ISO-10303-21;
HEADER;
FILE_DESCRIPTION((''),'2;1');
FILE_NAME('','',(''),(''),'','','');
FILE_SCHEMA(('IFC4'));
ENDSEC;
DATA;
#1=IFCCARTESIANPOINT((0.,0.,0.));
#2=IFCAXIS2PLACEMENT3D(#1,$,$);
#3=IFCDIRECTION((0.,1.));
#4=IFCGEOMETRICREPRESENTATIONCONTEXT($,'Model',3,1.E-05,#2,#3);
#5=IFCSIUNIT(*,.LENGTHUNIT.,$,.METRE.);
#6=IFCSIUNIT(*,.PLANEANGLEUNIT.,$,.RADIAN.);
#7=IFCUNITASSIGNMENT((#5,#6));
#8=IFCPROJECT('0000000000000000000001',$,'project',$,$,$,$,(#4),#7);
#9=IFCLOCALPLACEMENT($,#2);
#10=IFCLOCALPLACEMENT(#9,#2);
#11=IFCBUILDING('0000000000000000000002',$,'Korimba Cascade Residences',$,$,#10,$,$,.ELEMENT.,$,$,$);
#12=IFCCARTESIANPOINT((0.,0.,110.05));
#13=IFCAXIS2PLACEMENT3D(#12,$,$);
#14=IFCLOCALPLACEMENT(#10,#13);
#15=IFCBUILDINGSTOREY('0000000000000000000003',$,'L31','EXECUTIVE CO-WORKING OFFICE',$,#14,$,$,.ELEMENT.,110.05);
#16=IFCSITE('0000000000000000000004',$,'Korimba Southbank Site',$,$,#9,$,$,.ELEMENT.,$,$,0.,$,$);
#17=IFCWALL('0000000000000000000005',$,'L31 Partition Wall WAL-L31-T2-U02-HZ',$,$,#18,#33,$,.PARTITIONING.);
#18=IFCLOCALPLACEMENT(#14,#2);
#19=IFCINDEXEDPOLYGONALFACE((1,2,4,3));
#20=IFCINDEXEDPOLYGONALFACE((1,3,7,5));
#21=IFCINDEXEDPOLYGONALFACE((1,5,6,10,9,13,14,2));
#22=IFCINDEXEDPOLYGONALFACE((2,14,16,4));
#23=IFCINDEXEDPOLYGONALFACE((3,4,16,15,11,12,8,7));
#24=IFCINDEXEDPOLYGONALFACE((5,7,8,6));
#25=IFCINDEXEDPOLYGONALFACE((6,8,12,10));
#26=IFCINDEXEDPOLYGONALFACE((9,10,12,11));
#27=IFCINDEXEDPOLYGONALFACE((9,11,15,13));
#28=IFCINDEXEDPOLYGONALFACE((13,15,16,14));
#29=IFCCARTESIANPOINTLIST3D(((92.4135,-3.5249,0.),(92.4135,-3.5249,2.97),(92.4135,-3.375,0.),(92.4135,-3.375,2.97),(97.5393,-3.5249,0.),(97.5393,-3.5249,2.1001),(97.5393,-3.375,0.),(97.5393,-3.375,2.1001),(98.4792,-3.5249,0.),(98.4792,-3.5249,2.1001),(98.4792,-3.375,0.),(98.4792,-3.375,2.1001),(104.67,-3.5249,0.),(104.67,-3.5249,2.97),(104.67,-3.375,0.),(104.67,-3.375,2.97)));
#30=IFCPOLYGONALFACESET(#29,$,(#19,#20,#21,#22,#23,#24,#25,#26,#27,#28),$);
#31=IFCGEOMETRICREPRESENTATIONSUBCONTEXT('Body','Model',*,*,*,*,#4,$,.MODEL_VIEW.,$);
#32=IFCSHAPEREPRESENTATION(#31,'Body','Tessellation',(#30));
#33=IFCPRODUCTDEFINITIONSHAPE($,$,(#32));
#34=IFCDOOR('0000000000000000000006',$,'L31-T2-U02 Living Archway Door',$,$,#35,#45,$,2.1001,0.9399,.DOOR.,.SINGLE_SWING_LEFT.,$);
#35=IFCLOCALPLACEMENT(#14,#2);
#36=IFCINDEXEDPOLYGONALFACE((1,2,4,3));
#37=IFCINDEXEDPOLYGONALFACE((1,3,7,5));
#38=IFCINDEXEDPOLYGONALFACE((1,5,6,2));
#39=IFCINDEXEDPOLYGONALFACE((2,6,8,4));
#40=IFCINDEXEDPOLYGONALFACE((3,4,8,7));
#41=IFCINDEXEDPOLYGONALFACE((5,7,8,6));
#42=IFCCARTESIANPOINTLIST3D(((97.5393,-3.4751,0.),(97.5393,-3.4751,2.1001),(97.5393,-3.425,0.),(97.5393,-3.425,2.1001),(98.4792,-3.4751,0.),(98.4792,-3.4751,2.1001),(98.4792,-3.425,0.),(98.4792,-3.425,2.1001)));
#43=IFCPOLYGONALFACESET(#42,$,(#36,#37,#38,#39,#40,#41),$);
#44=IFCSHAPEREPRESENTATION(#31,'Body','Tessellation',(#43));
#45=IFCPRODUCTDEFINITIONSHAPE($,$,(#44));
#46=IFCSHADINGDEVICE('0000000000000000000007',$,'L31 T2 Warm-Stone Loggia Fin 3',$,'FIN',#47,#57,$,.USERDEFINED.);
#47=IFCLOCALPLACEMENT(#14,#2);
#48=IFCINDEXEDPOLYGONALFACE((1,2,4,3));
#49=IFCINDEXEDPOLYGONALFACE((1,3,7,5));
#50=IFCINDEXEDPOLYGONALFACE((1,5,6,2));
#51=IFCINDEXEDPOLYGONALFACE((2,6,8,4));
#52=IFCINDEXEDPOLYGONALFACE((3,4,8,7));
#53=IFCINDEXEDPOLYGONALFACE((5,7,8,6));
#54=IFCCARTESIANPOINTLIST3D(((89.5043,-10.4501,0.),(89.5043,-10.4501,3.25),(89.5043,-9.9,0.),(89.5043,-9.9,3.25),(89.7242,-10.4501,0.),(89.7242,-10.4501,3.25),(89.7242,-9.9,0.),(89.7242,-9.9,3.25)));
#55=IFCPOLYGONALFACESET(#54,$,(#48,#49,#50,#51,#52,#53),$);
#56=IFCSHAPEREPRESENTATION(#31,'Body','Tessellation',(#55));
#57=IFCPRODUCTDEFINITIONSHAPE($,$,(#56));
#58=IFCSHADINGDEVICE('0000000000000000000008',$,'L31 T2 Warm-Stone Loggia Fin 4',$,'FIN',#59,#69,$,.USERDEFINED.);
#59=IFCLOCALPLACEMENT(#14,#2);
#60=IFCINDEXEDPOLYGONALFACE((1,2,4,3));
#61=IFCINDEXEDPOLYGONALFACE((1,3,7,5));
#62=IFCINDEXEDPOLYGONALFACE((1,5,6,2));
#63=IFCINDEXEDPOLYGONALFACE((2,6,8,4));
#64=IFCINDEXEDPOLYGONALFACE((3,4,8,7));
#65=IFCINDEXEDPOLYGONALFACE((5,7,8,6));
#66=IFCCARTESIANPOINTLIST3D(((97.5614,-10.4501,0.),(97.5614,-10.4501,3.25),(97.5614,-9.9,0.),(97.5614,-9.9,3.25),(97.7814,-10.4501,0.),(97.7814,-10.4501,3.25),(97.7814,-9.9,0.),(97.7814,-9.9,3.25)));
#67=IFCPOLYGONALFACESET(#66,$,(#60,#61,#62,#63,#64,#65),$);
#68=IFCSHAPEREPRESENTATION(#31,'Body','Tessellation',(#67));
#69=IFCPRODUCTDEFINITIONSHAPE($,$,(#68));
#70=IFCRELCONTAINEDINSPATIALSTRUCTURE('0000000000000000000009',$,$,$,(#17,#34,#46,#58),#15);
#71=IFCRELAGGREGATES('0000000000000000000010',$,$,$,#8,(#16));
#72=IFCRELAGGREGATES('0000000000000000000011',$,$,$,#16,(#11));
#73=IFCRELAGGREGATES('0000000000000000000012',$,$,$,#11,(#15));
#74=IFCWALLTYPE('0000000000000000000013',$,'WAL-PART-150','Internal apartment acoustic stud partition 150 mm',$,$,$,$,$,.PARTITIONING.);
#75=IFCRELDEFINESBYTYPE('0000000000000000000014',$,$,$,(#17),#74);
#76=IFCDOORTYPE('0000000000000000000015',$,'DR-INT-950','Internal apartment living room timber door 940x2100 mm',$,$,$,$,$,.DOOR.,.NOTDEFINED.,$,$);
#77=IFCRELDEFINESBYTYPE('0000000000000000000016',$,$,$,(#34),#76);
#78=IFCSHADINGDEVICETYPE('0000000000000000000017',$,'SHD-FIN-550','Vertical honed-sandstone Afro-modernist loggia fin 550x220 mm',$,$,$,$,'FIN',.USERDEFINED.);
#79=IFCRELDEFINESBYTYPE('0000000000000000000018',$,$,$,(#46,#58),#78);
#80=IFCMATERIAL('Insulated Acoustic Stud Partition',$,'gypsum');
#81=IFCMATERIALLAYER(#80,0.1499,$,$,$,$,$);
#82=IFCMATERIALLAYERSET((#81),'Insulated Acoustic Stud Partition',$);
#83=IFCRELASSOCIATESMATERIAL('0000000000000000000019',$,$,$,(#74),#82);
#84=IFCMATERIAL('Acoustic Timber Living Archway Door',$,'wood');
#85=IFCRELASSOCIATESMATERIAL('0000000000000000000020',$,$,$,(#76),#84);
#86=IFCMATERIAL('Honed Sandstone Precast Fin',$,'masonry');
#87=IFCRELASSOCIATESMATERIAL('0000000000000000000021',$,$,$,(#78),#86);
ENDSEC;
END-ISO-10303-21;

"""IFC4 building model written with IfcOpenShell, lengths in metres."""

from ifc_helpers import new_model, si_unit, direction, frame, frame_2d, origin, origin_2d, place, context, subcontext, project, spatial, rectangle, extrude, material, layer, layer_set, type_object, element, fill, save


model = new_model("IFC4")

# Units and contexts
model_context = context("Model", 3, precision=1e-05, world=origin(), true_north=direction((0.0, 1.0)))
body_context = subcontext(model_context, "Body", "Model", "MODEL_VIEW")
ifc_project = project(units=[si_unit("LENGTHUNIT", "METRE"), si_unit("PLANEANGLEUNIT", "RADIAN")], contexts=[model_context])

# Site, building, storey
site_placement = place(None, origin())
site = spatial("IfcSite", under=ifc_project, at=site_placement, Name="Korimba Southbank Site", CompositionType="ELEMENT", RefElevation=0.0)
building_placement = place(site_placement, origin())
building = spatial("IfcBuilding", under=site, at=building_placement, Name="Korimba Cascade Residences", CompositionType="ELEMENT")
storey_placement = place(building_placement, frame((0.0, 0.0, 110.05)))
storey = spatial("IfcBuildingStorey", under=building, at=storey_placement, Name="L31", Description="EXECUTIVE CO-WORKING OFFICE", CompositionType="ELEMENT", Elevation=110.05)

# Shared definitions
ifc_material_1 = material(Name="Insulated Acoustic Stud Partition", Category="gypsum")
ifc_layer_1 = layer(ifc_material_1, 0.1499)
ifc_layer_set_1 = layer_set([ifc_layer_1], Name="Insulated Acoustic Stud Partition")
wall_type_1 = type_object("IfcWallType", Name="WAL-PART-150", Description="Internal apartment acoustic stud partition 150 mm", PredefinedType="PARTITIONING", material=ifc_layer_set_1)

# Wall, opening, door
wall_1_placement = place(storey_placement, frame((92.4133, -3.45, 0.0), z_axis=(0.0, 0.0, 1.0), x_axis=(1.0, 0.0, 0.0)))
wall_1 = element("IfcWall", 1, at=wall_1_placement, inside=storey, type_object=wall_type_1, Name="L31 Partition Wall WAL-L31-T2-U02-HZ", PredefinedType="PARTITIONING", context=body_context, shape_type="SweptSolid", body=[
    extrude(rectangle(XDim=12.2566, YDim=0.1499, at=frame_2d((6.1284, 0.0))), origin(), (0.0, 0.0, 1.0), 2.97),
])
opening_1_placement = place(wall_1_placement, frame((5.126, 0.0, 0.0)))
opening_1 = element("IfcOpeningElement", 2, at=opening_1_placement, cuts=wall_1, PredefinedType="OPENING", context=body_context, shape_type="SweptSolid", body=[
    extrude(rectangle(XDim=0.9399, YDim=2.1001, at=frame_2d((0.47, 1.05))), frame((0.0, 0.085, 0.0), z_axis=(0.0, -1.0, 0.0), x_axis=(1.0, 0.0, 0.0)), (0.0, 0.0, 1.0), 0.1699),
])
ifc_material_2 = material(Name="Acoustic Timber Living Archway Door", Category="wood")
door_type_1 = type_object("IfcDoorType", Name="DR-INT-950", Description="Internal apartment living room timber door 940x2100 mm", OperationType="NOTDEFINED", PredefinedType="DOOR", material=ifc_material_2)
door_1_placement = place(opening_1_placement, origin())
door_1 = element("IfcDoor", 3, at=door_1_placement, inside=storey, type_object=door_type_1, Name="L31-T2-U02 Living Archway Door", OperationType="SINGLE_SWING_LEFT", OverallHeight=2.1001, OverallWidth=0.9399, PredefinedType="DOOR", context=body_context, shape_type="SweptSolid", body=[
    extrude(rectangle(XDim=0.9399, YDim=2.1001, at=frame_2d((0.47, 1.05))), frame((0.0, 0.0249, 0.0), z_axis=(0.0, -1.0, 0.0), x_axis=(1.0, 0.0, 0.0)), (0.0, 0.0, 1.0), 0.05),
])
fill(opening_1, door_1)

# Shading devices
ifc_material_3 = material(Name="Honed Sandstone Precast Fin", Category="masonry")
shading_device_type = type_object("IfcShadingDeviceType", Name="SHD-FIN-550", Description="Vertical honed-sandstone Afro-modernist loggia fin 550x220 mm", ElementType="FIN", PredefinedType="USERDEFINED", material=ifc_material_3)
for number, where, z_axis, x_axis, name in (
    (4, (89.6143, -10.175, 0.0), (0.0, 0.0, 1.0), (1.0, 0.0, 0.0), "L31 T2 Warm-Stone Loggia Fin 3"),
    (5, (97.6714, -10.175, 0.0), (0.0, 0.0, 1.0), (1.0, 0.0, 0.0), "L31 T2 Warm-Stone Loggia Fin 4"),
):
    element("IfcShadingDevice", number, at=place(storey_placement, frame(where, z_axis=z_axis, x_axis=x_axis)), inside=storey, type_object=shading_device_type, Name=name, ObjectType="FIN", PredefinedType="USERDEFINED", context=body_context, shape_type="SweptSolid", body=[
        extrude(rectangle(XDim=0.22, YDim=0.55, at=origin_2d()), origin(), (0.0, 0.0, 1.0), 3.25),
    ])

save(model, "model.ifc")
